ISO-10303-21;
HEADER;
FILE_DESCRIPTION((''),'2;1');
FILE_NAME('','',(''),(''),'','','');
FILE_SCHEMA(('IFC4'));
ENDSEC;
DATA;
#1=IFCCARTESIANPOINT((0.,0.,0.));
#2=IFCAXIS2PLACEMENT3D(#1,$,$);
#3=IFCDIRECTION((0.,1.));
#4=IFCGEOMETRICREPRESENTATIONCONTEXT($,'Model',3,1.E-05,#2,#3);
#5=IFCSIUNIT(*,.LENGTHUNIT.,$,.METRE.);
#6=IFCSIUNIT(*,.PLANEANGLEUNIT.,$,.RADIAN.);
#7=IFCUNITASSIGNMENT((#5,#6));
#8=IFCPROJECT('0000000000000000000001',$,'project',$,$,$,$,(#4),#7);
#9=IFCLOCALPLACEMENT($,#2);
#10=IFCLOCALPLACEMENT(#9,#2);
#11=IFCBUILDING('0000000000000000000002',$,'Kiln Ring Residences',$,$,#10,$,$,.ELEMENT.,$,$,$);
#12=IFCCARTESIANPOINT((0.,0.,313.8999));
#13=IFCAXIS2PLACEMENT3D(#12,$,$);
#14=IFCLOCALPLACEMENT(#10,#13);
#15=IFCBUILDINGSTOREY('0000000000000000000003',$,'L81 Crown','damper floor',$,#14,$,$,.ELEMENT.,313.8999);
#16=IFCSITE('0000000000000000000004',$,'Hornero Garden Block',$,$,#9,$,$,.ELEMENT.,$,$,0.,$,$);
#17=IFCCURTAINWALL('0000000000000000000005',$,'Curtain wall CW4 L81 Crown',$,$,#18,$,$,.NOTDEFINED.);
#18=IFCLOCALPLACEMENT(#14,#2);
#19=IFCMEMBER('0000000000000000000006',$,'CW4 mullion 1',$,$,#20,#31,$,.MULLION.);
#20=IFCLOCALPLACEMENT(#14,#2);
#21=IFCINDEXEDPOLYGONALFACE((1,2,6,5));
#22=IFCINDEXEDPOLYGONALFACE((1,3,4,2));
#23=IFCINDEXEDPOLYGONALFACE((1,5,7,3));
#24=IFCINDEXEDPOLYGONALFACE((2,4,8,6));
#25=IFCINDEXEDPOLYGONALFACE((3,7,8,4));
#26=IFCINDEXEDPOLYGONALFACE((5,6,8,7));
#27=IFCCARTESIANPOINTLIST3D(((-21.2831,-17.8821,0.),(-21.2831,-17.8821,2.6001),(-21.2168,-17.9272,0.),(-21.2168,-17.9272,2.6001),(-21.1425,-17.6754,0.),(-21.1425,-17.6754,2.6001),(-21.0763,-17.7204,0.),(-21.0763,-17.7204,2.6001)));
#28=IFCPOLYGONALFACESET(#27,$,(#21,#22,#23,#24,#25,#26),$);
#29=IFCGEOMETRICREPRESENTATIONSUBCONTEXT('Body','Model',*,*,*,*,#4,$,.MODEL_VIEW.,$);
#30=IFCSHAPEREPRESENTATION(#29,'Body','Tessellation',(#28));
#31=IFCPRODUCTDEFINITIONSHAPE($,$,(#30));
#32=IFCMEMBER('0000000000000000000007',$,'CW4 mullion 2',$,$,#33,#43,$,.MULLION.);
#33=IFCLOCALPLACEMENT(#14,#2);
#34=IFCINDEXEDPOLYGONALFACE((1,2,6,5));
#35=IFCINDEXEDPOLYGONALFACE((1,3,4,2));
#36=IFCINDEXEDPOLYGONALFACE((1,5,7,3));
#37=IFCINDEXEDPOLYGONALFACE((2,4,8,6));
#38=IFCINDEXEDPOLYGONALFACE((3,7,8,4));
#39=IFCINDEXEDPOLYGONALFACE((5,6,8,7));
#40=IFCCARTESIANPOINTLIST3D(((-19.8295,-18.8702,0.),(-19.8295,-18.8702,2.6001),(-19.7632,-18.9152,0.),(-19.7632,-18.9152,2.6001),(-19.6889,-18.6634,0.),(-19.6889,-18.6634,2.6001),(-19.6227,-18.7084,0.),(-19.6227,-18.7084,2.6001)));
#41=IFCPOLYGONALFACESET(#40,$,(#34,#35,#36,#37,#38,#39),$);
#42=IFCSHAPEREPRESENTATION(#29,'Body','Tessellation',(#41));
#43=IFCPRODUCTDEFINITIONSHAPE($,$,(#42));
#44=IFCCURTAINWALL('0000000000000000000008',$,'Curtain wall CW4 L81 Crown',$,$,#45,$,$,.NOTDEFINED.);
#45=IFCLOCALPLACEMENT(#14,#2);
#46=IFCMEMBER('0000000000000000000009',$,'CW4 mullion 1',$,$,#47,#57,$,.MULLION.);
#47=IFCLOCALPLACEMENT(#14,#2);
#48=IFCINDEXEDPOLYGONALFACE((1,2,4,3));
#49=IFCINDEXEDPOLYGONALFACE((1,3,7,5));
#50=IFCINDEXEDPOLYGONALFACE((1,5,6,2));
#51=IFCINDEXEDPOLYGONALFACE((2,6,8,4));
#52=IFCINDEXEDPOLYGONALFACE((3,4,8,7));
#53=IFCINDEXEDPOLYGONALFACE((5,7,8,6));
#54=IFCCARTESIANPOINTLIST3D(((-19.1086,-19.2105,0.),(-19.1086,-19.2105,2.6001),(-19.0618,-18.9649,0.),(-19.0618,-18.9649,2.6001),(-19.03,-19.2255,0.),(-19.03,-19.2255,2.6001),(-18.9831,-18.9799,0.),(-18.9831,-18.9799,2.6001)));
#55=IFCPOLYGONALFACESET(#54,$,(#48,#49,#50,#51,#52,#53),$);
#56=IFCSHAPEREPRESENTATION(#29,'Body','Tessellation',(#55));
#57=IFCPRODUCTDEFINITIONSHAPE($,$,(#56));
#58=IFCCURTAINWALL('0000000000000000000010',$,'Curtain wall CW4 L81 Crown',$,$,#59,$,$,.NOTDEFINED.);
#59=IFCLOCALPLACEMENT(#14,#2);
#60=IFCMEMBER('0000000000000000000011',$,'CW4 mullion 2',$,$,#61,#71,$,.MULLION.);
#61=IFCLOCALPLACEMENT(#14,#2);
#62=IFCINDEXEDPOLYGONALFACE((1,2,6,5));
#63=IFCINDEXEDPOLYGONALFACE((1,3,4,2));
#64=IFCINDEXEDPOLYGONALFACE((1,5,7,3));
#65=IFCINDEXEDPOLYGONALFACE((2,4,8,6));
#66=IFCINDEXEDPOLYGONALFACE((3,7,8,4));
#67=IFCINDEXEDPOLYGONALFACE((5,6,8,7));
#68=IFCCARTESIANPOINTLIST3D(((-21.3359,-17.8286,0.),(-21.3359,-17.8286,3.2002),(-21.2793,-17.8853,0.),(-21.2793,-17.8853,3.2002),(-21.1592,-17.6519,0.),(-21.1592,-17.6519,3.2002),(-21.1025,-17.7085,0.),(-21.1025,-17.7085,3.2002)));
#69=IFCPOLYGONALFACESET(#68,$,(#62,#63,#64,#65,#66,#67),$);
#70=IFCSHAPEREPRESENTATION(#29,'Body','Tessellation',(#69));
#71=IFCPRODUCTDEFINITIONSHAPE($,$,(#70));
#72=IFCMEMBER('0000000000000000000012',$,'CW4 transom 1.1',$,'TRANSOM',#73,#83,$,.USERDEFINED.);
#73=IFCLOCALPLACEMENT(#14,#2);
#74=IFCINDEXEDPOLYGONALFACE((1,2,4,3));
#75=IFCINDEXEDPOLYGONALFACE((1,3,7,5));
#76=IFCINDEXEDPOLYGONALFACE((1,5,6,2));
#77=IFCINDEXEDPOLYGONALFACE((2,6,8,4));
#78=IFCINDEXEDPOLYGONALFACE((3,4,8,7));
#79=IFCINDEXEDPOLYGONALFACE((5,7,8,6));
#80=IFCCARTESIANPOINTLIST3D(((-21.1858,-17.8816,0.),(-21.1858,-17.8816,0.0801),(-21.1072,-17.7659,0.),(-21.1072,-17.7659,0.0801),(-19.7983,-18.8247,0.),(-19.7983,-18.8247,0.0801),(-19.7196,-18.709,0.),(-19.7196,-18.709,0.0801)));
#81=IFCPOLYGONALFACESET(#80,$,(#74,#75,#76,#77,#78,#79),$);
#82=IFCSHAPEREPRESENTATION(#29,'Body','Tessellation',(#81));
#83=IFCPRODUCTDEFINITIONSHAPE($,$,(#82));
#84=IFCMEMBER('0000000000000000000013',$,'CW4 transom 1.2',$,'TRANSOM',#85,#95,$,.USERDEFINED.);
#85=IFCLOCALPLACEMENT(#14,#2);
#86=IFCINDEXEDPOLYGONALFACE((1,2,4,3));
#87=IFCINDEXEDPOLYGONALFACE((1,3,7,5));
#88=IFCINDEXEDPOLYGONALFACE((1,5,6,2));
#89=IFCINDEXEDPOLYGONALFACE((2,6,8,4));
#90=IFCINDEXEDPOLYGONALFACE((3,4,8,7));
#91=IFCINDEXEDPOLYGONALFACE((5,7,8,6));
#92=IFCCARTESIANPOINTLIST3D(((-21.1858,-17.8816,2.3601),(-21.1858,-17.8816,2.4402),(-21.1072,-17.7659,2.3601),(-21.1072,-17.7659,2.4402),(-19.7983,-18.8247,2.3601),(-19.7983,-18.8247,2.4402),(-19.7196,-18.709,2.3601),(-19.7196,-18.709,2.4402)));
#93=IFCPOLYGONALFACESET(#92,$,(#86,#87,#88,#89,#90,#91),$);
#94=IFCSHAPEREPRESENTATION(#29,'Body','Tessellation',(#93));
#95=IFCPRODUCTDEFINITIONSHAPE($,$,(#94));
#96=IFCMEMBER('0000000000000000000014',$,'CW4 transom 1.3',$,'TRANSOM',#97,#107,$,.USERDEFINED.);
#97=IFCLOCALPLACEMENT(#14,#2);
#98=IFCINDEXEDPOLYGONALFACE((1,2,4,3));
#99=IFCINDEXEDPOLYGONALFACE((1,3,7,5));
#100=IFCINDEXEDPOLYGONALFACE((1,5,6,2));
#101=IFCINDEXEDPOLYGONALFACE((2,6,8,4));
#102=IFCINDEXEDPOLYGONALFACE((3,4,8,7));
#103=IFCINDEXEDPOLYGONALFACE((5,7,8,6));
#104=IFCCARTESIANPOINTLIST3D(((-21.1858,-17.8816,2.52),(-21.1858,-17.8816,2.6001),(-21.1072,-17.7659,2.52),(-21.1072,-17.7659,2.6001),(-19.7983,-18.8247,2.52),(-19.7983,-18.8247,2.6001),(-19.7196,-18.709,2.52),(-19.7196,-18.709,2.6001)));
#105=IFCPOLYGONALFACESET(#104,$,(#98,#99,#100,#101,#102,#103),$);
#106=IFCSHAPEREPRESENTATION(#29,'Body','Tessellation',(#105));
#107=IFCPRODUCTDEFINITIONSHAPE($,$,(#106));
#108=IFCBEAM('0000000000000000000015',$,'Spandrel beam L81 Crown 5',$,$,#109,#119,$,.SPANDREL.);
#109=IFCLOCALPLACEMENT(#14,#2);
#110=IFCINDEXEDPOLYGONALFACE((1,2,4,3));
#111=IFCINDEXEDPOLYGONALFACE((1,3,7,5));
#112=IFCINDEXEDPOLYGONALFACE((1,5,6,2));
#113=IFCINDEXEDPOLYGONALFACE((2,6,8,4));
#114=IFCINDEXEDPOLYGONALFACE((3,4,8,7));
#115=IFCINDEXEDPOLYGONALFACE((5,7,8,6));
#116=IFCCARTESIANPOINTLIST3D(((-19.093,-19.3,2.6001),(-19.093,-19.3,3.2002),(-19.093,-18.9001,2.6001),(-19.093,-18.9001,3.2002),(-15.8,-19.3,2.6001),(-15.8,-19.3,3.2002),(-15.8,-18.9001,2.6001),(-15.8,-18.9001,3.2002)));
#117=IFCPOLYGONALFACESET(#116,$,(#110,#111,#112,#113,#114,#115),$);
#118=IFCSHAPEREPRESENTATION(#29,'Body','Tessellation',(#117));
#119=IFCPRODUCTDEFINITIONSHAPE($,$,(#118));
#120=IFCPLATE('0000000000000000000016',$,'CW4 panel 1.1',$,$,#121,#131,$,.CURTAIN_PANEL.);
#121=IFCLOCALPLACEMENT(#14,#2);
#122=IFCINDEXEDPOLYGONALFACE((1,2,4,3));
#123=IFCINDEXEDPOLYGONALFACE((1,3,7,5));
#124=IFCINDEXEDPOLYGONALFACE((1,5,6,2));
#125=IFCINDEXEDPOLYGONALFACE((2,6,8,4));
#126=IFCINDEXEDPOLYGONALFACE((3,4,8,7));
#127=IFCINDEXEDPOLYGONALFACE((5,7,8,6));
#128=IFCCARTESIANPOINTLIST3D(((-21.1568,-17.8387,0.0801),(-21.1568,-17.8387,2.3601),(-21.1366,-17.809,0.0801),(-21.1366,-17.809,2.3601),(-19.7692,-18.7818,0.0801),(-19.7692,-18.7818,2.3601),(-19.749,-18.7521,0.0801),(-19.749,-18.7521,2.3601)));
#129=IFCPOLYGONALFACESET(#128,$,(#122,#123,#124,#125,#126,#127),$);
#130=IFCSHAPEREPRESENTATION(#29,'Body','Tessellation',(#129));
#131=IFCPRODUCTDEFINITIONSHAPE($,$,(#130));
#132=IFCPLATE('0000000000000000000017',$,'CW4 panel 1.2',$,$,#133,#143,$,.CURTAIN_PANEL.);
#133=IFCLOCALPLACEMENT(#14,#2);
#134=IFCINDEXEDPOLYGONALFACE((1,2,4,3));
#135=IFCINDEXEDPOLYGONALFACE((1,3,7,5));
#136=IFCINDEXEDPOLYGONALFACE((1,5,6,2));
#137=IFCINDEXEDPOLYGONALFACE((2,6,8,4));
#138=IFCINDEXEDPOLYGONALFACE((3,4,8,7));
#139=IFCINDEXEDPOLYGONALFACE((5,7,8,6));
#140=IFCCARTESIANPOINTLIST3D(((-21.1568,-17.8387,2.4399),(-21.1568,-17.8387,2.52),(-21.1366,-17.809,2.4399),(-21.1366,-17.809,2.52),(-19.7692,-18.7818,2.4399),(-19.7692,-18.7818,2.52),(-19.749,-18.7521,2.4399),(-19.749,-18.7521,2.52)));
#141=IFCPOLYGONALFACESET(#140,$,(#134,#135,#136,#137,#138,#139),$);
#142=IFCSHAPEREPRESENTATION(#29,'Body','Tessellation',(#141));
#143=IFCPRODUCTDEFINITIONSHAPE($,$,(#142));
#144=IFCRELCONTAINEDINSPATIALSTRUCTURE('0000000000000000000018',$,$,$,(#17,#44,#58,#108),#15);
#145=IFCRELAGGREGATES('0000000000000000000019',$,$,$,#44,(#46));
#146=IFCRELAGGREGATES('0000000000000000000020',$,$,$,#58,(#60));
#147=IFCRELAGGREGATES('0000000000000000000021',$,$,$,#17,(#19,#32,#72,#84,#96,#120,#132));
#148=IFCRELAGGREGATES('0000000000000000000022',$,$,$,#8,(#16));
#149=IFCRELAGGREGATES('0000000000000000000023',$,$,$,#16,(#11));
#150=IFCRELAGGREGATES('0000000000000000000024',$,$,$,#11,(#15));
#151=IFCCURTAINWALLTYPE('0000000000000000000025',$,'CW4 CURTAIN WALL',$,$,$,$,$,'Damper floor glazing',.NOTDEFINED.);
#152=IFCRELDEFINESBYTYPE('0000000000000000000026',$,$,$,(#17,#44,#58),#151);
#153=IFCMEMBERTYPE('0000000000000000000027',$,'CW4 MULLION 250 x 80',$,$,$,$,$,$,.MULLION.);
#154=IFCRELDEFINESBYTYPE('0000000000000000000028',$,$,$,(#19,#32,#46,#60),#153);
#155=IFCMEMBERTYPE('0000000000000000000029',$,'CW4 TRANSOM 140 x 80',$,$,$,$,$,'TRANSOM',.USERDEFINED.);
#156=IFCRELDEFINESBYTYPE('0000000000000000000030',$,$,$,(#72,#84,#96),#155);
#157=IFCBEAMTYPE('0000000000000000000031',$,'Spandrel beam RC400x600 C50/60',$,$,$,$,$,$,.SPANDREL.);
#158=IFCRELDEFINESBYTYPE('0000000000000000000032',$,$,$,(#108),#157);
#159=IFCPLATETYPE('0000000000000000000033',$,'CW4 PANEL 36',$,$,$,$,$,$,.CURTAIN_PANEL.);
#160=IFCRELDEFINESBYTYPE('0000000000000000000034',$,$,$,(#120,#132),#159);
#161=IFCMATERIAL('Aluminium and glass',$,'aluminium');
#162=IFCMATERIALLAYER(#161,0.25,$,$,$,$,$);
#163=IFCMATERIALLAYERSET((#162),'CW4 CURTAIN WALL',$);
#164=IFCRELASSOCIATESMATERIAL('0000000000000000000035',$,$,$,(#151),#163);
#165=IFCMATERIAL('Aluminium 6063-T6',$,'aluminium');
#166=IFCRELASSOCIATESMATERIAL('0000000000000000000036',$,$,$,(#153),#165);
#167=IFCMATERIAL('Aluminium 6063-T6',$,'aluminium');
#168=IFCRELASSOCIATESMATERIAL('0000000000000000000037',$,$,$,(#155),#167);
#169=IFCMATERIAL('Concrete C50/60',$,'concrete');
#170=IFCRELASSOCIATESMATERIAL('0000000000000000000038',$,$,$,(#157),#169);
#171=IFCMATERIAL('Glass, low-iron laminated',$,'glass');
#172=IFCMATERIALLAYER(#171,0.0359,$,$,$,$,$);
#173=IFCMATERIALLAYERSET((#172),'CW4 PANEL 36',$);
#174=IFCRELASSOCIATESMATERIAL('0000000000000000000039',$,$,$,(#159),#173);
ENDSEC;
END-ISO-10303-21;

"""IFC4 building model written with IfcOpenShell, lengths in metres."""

from ifc_helpers import new_model, si_unit, direction, frame, origin, origin_2d, place, context, subcontext, project, spatial, rectangle, extrude, material, layer, layer_set, material_profile, profile_set, type_object, element, aggregate, save


model = new_model("IFC4")

# Units and contexts
model_context = context("Model", 3, precision=1e-05, world=origin(), true_north=direction((0.0, 1.0)))
body_context = subcontext(model_context, "Body", "Model", "MODEL_VIEW")
ifc_project = project(units=[si_unit("LENGTHUNIT", "METRE"), si_unit("PLANEANGLEUNIT", "RADIAN")], contexts=[model_context])

# Site, building, storey
site_placement = place(None, origin())
site = spatial("IfcSite", under=ifc_project, at=site_placement, Name="Hornero Garden Block", CompositionType="ELEMENT", RefElevation=0.0)
building_placement = place(site_placement, origin())
building = spatial("IfcBuilding", under=site, at=building_placement, Name="Kiln Ring Residences", CompositionType="ELEMENT")
storey_placement = place(building_placement, frame((0.0, 0.0, 313.8999)))
storey = spatial("IfcBuildingStorey", under=building, at=storey_placement, Name="L81 Crown", Description="damper floor", CompositionType="ELEMENT", Elevation=313.8999)

# Curtain wall, members
ifc_material_1 = material(Name="Aluminium and glass", Category="aluminium")
ifc_layer_1 = layer(ifc_material_1, 0.25)
ifc_layer_set_1 = layer_set([ifc_layer_1], Name="CW4 CURTAIN WALL")
curtain_wall_type = type_object("IfcCurtainWallType", Name="CW4 CURTAIN WALL", ElementType="Damper floor glazing", PredefinedType="NOTDEFINED", material=ifc_layer_set_1)
placement = place(storey_placement, origin())
curtain_wall_1 = element("IfcCurtainWall", 1, at=placement, inside=storey, type_object=curtain_wall_type, Name="Curtain wall CW4 L81 Crown", PredefinedType="NOTDEFINED")
ifc_material_2 = material(Name="Aluminium 6063-T6", Category="aluminium")
ifc_material_profile_1 = material_profile(ifc_material_2, rectangle(XDim=0.25, YDim=0.0801, at=origin_2d()), Name="AL 250x80")
ifc_profile_set_1 = profile_set([ifc_material_profile_1], Name="Aluminium 6063-T6")
member_type_1 = type_object("IfcMemberType", Name="CW4 MULLION 250 x 80", PredefinedType="MULLION", material=ifc_profile_set_1)
member_1_placement = place(storey_placement, frame((-21.1797, -17.8013, 0.0), z_axis=(0.0, 0.0, 1.0), x_axis=(0.562097, 0.827072, 0.0)))
member_1 = element("IfcMember", 2, at=member_1_placement, type_object=member_type_1, Name="CW4 mullion 1", PredefinedType="MULLION", context=body_context, shape_type="SweptSolid", body=[
    extrude(rectangle(XDim=0.25, YDim=0.0801, at=origin_2d()), origin(), (0.0, 0.0, 1.0), 2.6001),
])
member_2_placement = place(storey_placement, frame((-19.7261, -18.7893, 0.0), z_axis=(0.0, 0.0, 1.0), x_axis=(0.562097, 0.827072, 0.0)))
member_2 = element("IfcMember", 3, at=member_2_placement, type_object=member_type_1, Name="CW4 mullion 2", PredefinedType="MULLION", context=body_context, shape_type="SweptSolid", body=[
    extrude(rectangle(XDim=0.25, YDim=0.0801, at=origin_2d()), origin(), (0.0, 0.0, 1.0), 2.6001),
])

# Curtain walls, members
curtain_wall_2 = element("IfcCurtainWall", 4, at=placement, inside=storey, type_object=curtain_wall_type, Name="Curtain wall CW4 L81 Crown", PredefinedType="NOTDEFINED")
member_3_placement = place(storey_placement, frame((-19.0459, -19.0952, 0.0), z_axis=(0.0, 0.0, 1.0), x_axis=(0.187366, 0.98229, 0.0)))
member_3 = element("IfcMember", 5, at=member_3_placement, type_object=member_type_1, Name="CW4 mullion 1", PredefinedType="MULLION", context=body_context, shape_type="SweptSolid", body=[
    extrude(rectangle(XDim=0.25, YDim=0.0801, at=origin_2d()), origin(), (0.0, 0.0, 1.0), 2.6001),
])
aggregate(curtain_wall_2, [member_3])
curtain_wall_3 = element("IfcCurtainWall", 6, at=placement, inside=storey, type_object=curtain_wall_type, Name="Curtain wall CW4 L81 Crown", PredefinedType="NOTDEFINED")
member_4_placement = place(storey_placement, frame((-21.2192, -17.7686, 0.0), z_axis=(0.0, 0.0, 1.0), x_axis=(0.707107, 0.707107, 0.0)))
member_4 = element("IfcMember", 7, at=member_4_placement, type_object=member_type_1, Name="CW4 mullion 2", PredefinedType="MULLION", context=body_context, shape_type="SweptSolid", body=[
    extrude(rectangle(XDim=0.25, YDim=0.0801, at=origin_2d()), origin(), (0.0, 0.0, 1.0), 3.2002),
])
aggregate(curtain_wall_3, [member_4])

# Members
ifc_material_3 = material(Name="Aluminium 6063-T6", Category="aluminium")
ifc_material_profile_2 = material_profile(ifc_material_3, rectangle(XDim=0.1399, YDim=0.0801, at=origin_2d()), Name="AL 140x80")
ifc_profile_set_2 = profile_set([ifc_material_profile_2], Name="Aluminium 6063-T6")
member_type_2 = type_object("IfcMemberType", Name="CW4 TRANSOM 140 x 80", ElementType="TRANSOM", PredefinedType="USERDEFINED", material=ifc_profile_set_2)
member_5_placement = place(storey_placement, frame((-21.1465, -17.8237, 0.04), z_axis=(0.827024, -0.562167, 0.0), x_axis=(0.562167, 0.827024, 0.0)))
member_5 = element("IfcMember", 8, at=member_5_placement, type_object=member_type_2, Name="CW4 transom 1.1", ObjectType="TRANSOM", PredefinedType="USERDEFINED", context=body_context, shape_type="SweptSolid", body=[
    extrude(rectangle(XDim=0.1399, YDim=0.0801, at=origin_2d()), origin(), (0.0, 0.0, 1.0), 1.6777),
])
member_6_placement = place(storey_placement, frame((-21.1465, -17.8237, 2.4001), z_axis=(0.827024, -0.562167, 0.0), x_axis=(0.562167, 0.827024, 0.0)))
member_6 = element("IfcMember", 9, at=member_6_placement, type_object=member_type_2, Name="CW4 transom 1.2", ObjectType="TRANSOM", PredefinedType="USERDEFINED", context=body_context, shape_type="SweptSolid", body=[
    extrude(rectangle(XDim=0.1399, YDim=0.0801, at=origin_2d()), origin(), (0.0, 0.0, 1.0), 1.6777),
])
member_7_placement = place(storey_placement, frame((-21.1465, -17.8237, 2.5601), z_axis=(0.827024, -0.562167, 0.0), x_axis=(0.562167, 0.827024, 0.0)))
member_7 = element("IfcMember", 10, at=member_7_placement, type_object=member_type_2, Name="CW4 transom 1.3", ObjectType="TRANSOM", PredefinedType="USERDEFINED", context=body_context, shape_type="SweptSolid", body=[
    extrude(rectangle(XDim=0.1399, YDim=0.0801, at=origin_2d()), origin(), (0.0, 0.0, 1.0), 1.6777),
])

# Beam
ifc_material_4 = material(Name="Concrete C50/60", Category="concrete")
ifc_material_profile_3 = material_profile(ifc_material_4, rectangle(XDim=0.3999, YDim=0.6001, at=origin_2d()), Name="RC400x600")
ifc_profile_set_3 = profile_set([ifc_material_profile_3], Name="Concrete C50/60")
beam_type = type_object("IfcBeamType", Name="Spandrel beam RC400x600 C50/60", PredefinedType="SPANDREL", material=ifc_profile_set_3)
beam_placement = place(storey_placement, frame((-19.093, -19.1001, 2.9001), z_axis=(1.0, 0.0, 0.0), x_axis=(0.0, 1.0, 0.0)))
element("IfcBeam", 11, at=beam_placement, inside=storey, type_object=beam_type, Name="Spandrel beam L81 Crown 5", PredefinedType="SPANDREL", context=body_context, shape_type="SweptSolid", body=[
    extrude(rectangle(XDim=0.3999, YDim=0.6001, at=origin_2d()), origin(), (0.0, 0.0, 1.0), 3.293),
])

# Plates
ifc_material_5 = material(Name="Glass, low-iron laminated", Category="glass")
ifc_layer_2 = layer(ifc_material_5, 0.0359)
ifc_layer_set_2 = layer_set([ifc_layer_2], Name="CW4 PANEL 36")
plate_type = type_object("IfcPlateType", Name="CW4 PANEL 36", PredefinedType="CURTAIN_PANEL", material=ifc_layer_set_2)
plate_1_placement = place(storey_placement, frame((-20.4529, -18.2954, 0.0801), z_axis=(0.0, 0.0, 1.0), x_axis=(0.827072, -0.562097, 0.0)))
plate_1 = element("IfcPlate", 12, at=plate_1_placement, type_object=plate_type, Name="CW4 panel 1.1", PredefinedType="CURTAIN_PANEL", context=body_context, shape_type="SweptSolid", body=[
    extrude(rectangle(XDim=1.6777, YDim=0.0359, at=origin_2d()), origin(), (0.0, 0.0, 1.0), 2.28),
])
plate_2_placement = place(storey_placement, frame((-20.4529, -18.2954, 2.4399), z_axis=(0.0, 0.0, 1.0), x_axis=(0.827072, -0.562097, 0.0)))
plate_2 = element("IfcPlate", 13, at=plate_2_placement, type_object=plate_type, Name="CW4 panel 1.2", PredefinedType="CURTAIN_PANEL", context=body_context, shape_type="SweptSolid", body=[
    extrude(rectangle(XDim=1.6777, YDim=0.0359, at=origin_2d()), origin(), (0.0, 0.0, 1.0), 0.0801),
])
aggregate(curtain_wall_1, [member_1, member_2, member_5, member_6, member_7, plate_1, plate_2])

save(model, "model.ifc")
